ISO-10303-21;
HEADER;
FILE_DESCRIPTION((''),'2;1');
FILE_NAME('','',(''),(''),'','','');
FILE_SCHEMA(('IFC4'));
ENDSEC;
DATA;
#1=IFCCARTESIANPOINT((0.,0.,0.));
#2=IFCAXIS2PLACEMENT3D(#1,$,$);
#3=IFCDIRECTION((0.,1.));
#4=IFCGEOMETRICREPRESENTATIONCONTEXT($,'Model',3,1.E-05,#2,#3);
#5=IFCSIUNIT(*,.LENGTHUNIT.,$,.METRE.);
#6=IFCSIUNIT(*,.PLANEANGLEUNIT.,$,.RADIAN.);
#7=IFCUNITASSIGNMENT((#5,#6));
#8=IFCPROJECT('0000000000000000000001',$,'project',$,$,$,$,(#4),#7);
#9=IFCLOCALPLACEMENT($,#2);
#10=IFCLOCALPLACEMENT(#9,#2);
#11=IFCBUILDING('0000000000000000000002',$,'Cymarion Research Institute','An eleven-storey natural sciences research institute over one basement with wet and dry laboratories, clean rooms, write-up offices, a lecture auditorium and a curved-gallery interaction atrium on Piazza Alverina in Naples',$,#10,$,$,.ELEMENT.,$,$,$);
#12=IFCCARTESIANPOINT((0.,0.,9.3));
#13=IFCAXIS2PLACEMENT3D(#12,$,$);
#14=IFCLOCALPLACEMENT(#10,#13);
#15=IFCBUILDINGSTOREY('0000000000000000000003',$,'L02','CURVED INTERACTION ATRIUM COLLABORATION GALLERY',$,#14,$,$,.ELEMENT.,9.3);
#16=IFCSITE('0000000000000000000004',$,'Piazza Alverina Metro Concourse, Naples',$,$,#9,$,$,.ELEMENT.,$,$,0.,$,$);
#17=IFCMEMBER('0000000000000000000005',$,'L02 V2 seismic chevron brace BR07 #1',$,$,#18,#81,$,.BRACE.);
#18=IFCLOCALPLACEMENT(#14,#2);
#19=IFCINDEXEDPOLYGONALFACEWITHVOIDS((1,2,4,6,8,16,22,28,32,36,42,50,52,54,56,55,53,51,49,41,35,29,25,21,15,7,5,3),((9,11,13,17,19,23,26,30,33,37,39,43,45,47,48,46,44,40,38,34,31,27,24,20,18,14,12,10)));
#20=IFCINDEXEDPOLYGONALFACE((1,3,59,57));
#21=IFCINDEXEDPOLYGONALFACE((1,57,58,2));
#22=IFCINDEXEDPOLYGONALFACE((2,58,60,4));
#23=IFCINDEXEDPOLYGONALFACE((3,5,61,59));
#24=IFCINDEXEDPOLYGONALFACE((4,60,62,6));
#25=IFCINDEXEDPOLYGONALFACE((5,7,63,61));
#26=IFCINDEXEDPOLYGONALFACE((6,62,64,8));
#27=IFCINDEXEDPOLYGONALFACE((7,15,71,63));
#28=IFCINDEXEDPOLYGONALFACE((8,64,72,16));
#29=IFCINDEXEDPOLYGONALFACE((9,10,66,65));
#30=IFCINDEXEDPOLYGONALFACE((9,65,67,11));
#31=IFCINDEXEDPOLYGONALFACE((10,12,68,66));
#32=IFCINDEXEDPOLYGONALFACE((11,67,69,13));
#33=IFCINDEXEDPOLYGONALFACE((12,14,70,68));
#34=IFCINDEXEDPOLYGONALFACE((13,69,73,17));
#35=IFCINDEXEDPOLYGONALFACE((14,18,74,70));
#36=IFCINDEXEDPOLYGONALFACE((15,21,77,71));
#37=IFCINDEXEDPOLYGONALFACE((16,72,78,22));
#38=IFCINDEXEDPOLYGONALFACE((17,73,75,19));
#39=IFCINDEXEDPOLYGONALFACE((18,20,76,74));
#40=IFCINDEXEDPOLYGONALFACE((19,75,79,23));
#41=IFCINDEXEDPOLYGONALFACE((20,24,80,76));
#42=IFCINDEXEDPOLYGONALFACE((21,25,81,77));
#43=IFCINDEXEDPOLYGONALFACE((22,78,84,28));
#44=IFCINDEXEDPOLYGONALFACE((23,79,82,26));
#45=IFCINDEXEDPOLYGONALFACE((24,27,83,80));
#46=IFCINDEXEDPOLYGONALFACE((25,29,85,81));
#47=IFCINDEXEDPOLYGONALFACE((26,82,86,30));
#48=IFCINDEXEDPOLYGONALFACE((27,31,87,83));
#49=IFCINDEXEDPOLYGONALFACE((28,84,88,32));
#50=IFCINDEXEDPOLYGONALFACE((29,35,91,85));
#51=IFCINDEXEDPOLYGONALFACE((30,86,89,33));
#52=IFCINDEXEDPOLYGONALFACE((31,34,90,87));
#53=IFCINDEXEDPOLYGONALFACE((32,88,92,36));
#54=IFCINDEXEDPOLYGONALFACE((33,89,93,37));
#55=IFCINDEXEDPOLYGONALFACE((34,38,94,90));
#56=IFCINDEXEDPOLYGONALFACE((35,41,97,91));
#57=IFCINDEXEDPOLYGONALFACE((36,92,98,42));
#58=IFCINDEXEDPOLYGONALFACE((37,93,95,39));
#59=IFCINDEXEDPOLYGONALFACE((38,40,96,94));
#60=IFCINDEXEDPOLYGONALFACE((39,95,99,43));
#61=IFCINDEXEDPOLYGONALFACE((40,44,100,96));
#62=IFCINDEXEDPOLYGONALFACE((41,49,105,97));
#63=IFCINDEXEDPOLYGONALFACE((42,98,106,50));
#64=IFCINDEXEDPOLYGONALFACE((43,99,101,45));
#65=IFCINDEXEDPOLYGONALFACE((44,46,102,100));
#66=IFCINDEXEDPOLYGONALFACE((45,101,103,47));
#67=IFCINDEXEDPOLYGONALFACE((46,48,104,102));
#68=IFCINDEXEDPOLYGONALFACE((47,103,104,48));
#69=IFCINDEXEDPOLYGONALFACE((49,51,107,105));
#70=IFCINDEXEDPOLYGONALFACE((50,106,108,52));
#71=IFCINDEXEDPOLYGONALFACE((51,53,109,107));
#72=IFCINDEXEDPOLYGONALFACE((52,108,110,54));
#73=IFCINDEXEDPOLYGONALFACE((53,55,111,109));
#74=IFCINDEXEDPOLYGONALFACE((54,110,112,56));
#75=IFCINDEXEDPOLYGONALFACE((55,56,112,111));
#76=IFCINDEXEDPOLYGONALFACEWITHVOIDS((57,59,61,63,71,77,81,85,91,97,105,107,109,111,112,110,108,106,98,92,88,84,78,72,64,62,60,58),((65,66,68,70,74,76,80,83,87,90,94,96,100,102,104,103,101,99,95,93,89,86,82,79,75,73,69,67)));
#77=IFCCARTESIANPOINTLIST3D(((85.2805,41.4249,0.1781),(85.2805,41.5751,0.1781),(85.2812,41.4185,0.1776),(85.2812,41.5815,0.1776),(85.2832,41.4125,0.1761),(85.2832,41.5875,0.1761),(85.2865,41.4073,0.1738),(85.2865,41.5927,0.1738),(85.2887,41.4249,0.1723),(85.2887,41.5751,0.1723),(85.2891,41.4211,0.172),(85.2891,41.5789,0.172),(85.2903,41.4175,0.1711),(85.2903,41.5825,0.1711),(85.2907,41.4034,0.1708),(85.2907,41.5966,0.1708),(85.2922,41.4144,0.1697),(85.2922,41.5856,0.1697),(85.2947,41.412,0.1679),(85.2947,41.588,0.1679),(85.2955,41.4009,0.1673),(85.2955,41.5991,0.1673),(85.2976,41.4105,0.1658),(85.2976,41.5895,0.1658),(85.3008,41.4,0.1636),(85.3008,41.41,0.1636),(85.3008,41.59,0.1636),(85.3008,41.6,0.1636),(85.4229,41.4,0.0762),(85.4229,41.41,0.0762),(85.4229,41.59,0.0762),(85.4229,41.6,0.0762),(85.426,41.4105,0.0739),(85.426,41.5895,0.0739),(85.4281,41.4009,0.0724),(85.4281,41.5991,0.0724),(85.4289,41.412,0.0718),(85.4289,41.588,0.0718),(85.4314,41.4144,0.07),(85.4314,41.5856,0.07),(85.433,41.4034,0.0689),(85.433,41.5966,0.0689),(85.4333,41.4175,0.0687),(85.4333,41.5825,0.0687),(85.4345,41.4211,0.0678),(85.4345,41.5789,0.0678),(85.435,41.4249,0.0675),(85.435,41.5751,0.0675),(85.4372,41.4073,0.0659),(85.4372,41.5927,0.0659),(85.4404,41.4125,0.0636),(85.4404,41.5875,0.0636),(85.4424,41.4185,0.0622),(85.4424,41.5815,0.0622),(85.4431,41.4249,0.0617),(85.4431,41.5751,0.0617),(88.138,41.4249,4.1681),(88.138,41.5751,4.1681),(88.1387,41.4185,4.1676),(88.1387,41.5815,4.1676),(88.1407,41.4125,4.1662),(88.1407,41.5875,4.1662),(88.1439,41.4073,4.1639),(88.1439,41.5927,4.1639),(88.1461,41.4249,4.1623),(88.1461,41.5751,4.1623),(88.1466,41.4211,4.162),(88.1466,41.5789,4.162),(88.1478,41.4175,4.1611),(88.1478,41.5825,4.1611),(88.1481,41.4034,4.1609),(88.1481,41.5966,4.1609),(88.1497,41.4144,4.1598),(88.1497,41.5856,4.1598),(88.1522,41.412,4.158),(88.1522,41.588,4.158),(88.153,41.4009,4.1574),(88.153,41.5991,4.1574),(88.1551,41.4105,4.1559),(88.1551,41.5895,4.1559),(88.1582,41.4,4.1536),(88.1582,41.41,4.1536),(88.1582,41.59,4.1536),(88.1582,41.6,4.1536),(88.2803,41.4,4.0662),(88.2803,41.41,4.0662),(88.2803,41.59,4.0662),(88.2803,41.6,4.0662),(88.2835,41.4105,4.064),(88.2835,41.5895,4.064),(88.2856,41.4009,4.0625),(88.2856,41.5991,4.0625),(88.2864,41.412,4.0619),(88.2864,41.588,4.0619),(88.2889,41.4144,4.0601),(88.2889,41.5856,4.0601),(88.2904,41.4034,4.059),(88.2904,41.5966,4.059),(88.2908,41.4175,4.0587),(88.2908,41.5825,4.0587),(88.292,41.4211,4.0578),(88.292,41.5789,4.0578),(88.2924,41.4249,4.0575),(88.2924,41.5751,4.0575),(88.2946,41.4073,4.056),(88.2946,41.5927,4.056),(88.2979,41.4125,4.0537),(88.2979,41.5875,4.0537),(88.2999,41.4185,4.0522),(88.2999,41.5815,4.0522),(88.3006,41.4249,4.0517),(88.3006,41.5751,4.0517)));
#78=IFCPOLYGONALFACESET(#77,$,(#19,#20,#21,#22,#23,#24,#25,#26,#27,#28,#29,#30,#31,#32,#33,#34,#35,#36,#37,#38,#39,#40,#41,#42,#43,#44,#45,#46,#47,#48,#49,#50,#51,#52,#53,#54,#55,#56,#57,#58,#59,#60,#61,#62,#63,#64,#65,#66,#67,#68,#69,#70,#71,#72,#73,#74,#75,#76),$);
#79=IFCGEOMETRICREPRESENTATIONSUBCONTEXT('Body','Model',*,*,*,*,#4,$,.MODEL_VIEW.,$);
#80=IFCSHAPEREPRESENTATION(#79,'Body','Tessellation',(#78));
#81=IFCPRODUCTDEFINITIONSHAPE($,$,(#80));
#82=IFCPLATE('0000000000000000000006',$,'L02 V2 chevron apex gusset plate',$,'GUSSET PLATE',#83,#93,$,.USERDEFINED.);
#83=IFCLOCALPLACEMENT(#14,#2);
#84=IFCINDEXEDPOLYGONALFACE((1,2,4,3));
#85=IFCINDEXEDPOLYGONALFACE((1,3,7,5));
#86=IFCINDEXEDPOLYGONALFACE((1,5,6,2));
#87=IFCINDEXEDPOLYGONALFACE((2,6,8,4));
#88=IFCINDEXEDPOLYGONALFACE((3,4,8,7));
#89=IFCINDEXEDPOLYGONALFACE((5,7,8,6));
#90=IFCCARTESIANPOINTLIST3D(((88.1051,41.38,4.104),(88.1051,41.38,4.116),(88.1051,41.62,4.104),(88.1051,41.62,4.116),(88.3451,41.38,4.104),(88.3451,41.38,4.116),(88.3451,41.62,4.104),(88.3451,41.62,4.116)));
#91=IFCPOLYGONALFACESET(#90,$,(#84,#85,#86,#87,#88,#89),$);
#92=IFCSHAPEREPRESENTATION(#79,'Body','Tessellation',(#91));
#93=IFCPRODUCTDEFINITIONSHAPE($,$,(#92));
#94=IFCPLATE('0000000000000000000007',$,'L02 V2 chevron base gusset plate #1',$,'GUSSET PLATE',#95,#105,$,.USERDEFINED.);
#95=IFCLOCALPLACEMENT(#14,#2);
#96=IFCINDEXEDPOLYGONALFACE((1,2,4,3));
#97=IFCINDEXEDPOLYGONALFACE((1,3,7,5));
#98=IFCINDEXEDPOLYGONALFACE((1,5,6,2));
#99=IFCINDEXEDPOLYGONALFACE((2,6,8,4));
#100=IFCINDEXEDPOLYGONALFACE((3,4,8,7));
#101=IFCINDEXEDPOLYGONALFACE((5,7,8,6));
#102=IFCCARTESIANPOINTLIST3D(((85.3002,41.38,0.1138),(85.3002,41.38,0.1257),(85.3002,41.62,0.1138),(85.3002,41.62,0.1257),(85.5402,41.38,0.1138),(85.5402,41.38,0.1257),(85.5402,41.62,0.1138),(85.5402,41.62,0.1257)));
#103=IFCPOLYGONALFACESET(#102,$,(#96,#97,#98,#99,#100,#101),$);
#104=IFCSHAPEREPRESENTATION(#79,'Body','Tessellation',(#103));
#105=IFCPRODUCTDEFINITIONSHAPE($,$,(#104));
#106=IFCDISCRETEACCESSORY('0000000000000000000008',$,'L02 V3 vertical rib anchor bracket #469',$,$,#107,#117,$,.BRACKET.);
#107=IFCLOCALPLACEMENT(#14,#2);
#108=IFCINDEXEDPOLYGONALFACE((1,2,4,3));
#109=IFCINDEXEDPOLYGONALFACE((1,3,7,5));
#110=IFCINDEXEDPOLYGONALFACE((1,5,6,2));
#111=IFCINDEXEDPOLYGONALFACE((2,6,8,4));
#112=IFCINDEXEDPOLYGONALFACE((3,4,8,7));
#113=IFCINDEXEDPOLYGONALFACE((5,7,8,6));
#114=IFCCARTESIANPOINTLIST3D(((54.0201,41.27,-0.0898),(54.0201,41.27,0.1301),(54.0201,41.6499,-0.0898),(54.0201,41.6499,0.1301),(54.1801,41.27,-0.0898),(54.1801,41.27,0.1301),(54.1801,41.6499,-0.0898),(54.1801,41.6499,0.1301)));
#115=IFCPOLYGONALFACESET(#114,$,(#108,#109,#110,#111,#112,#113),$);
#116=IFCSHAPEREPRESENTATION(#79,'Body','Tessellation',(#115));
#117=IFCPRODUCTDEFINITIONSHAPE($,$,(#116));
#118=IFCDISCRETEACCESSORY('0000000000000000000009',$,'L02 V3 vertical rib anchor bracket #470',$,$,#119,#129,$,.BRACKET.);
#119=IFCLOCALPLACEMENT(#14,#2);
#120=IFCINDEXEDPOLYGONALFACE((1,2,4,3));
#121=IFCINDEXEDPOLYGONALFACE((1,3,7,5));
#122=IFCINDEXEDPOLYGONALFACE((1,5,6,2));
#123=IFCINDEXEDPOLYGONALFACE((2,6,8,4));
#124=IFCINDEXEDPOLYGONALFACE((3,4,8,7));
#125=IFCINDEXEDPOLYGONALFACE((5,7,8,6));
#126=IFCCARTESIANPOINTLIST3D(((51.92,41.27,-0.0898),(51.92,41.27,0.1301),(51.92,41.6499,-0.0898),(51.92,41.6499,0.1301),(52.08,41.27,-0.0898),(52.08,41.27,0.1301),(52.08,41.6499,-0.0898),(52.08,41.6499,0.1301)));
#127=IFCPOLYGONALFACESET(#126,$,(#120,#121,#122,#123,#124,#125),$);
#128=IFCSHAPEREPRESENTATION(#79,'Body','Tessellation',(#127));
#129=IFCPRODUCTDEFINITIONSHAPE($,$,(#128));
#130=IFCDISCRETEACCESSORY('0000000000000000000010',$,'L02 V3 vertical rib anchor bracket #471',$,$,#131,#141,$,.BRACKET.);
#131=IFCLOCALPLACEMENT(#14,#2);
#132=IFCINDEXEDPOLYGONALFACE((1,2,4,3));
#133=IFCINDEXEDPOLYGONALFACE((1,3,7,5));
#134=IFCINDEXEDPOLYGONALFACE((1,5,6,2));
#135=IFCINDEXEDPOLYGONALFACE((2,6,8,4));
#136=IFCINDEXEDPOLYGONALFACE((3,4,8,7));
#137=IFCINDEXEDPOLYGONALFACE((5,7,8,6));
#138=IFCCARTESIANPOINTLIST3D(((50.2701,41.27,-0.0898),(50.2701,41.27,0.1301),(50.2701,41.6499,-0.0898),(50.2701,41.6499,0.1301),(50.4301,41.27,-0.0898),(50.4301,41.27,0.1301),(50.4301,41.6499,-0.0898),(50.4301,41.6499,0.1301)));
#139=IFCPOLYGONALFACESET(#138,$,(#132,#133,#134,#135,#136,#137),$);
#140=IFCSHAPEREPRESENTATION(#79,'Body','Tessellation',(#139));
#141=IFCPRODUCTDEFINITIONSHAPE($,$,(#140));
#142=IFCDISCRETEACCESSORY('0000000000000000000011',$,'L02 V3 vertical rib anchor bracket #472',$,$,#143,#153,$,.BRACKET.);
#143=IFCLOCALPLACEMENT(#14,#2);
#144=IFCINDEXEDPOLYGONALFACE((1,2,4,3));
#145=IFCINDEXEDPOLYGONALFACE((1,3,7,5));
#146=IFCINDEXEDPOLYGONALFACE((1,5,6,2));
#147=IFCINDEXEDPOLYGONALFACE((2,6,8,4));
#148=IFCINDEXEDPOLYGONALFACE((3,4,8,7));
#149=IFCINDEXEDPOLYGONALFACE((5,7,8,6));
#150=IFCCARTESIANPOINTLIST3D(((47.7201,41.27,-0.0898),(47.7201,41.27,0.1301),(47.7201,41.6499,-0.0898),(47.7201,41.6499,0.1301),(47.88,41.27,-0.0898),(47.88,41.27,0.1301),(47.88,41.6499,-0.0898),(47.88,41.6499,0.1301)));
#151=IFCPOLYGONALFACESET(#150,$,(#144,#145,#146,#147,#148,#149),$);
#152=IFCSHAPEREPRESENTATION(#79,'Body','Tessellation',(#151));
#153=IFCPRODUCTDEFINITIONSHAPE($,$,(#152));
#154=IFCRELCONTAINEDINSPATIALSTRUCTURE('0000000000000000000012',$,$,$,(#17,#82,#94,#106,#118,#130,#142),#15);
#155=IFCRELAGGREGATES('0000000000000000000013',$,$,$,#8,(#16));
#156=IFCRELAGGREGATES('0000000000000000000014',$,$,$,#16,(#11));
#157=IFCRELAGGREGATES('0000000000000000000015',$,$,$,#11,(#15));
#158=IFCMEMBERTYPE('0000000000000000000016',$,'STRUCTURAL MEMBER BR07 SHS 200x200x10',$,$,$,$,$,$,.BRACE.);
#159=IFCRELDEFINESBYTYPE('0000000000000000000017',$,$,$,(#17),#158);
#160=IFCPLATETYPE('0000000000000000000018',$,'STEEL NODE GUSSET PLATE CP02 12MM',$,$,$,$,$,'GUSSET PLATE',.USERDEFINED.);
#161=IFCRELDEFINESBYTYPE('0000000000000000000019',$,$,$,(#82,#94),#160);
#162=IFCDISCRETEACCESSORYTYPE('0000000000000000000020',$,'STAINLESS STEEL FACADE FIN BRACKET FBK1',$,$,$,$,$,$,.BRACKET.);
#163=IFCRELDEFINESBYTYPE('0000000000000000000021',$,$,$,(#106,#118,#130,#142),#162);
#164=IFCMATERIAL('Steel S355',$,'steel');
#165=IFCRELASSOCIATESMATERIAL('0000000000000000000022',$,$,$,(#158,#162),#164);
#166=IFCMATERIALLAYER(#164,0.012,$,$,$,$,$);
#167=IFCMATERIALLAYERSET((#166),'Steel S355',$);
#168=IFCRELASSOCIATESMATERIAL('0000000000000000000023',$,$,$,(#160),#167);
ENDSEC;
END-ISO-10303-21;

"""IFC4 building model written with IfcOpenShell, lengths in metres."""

from ifc_helpers import new_model, si_unit, direction, frame, origin, origin_2d, place, context, subcontext, project, spatial, rectangle, hollow_rectangle, extrude, material, layer, layer_set, material_profile, profile_set, type_object, element, save


model = new_model("IFC4")

# Units and contexts
model_context = context("Model", 3, precision=1e-05, world=origin(), true_north=direction((0.0, 1.0)))
body_context = subcontext(model_context, "Body", "Model", "MODEL_VIEW")
ifc_project = project(units=[si_unit("LENGTHUNIT", "METRE"), si_unit("PLANEANGLEUNIT", "RADIAN")], contexts=[model_context])

# Site, building, storey
site_placement = place(None, origin())
site = spatial("IfcSite", under=ifc_project, at=site_placement, Name="Piazza Alverina Metro Concourse, Naples", CompositionType="ELEMENT", RefElevation=0.0)
building_placement = place(site_placement, origin())
building = spatial("IfcBuilding", under=site, at=building_placement, Name="Cymarion Research Institute", Description="An eleven-storey natural sciences research institute over one basement with wet and dry laboratories, clean rooms, write-up offices, a lecture auditorium and a curved-gallery interaction atrium on Piazza Alverina in Naples", CompositionType="ELEMENT")
storey_placement = place(building_placement, frame((0.0, 0.0, 9.3)))
storey = spatial("IfcBuildingStorey", under=building, at=storey_placement, Name="L02", Description="CURVED INTERACTION ATRIUM COLLABORATION GALLERY", CompositionType="ELEMENT", Elevation=9.3)

# Shared definitions
ifc_material_1 = material(Name="Steel S355", Category="steel")

# Member
ifc_material_profile_1 = material_profile(ifc_material_1, hollow_rectangle(XDim=0.2, YDim=0.2, WallThickness=0.01, InnerFilletRadius=0.0149, OuterFilletRadius=0.0249, at=origin_2d()), Name="SHS 200x200x10")
ifc_profile_set_1 = profile_set([ifc_material_profile_1], Name="Steel S355")
member_type_1 = type_object("IfcMemberType", Name="STRUCTURAL MEMBER BR07 SHS 200x200x10", PredefinedType="BRACE", material=ifc_profile_set_1)
member_1_placement = place(storey_placement, frame((85.3618, 41.5, 0.1199), z_axis=(0.58224, 0.0, 0.813017), x_axis=(0.0, 1.0, 0.0)))
element("IfcMember", 1, at=member_1_placement, inside=storey, type_object=member_type_1, Name="L02 V2 seismic chevron brace BR07 #1", PredefinedType="BRACE", context=body_context, shape_type="SweptSolid", body=[
    extrude(hollow_rectangle(XDim=0.2, YDim=0.2, WallThickness=0.01, InnerFilletRadius=0.0149, OuterFilletRadius=0.0249, at=origin_2d()), origin(), (0.0, 0.0, 1.0), 4.9077),
])

# Plates
ifc_layer = layer(ifc_material_1, 0.012)
ifc_layer_set = layer_set([ifc_layer], Name="Steel S355")
plate_type = type_object("IfcPlateType", Name="STEEL NODE GUSSET PLATE CP02 12MM", ElementType="GUSSET PLATE", PredefinedType="USERDEFINED", material=ifc_layer_set)
for number, where, z_axis, x_axis, name in (
    (2, (88.2251, 41.5, 4.104), (0.0, 0.0, 1.0), (1.0, 0.0, 0.0), "L02 V2 chevron apex gusset plate"),
    (3, (85.4202, 41.5, 0.1138), (0.0, 0.0, 1.0), (1.0, 0.0, 0.0), "L02 V2 chevron base gusset plate #1"),
):
    element("IfcPlate", number, at=place(storey_placement, frame(where, z_axis=z_axis, x_axis=x_axis)), inside=storey, type_object=plate_type, Name=name, ObjectType="GUSSET PLATE", PredefinedType="USERDEFINED", context=body_context, shape_type="SweptSolid", body=[
        extrude(rectangle(XDim=0.24, YDim=0.24, at=origin_2d()), origin(), (0.0, 0.0, 1.0), 0.012),
    ])

# Discrete accessories
discrete_accessory_type = type_object("IfcDiscreteAccessoryType", Name="STAINLESS STEEL FACADE FIN BRACKET FBK1", PredefinedType="BRACKET", material=ifc_material_1)
for number, where, z_axis, x_axis, name in (
    (4, (54.1001, 41.46, -0.0898), (0.0, 0.0, 1.0), (0.0, 1.0, 0.0), "L02 V3 vertical rib anchor bracket #469"),
    (5, (52.0, 41.46, -0.0898), (0.0, 0.0, 1.0), (0.0, 1.0, 0.0), "L02 V3 vertical rib anchor bracket #470"),
    (6, (50.3501, 41.46, -0.0898), (0.0, 0.0, 1.0), (0.0, 1.0, 0.0), "L02 V3 vertical rib anchor bracket #471"),
    (7, (47.8, 41.46, -0.0898), (0.0, 0.0, 1.0), (0.0, 1.0, 0.0), "L02 V3 vertical rib anchor bracket #472"),
):
    element("IfcDiscreteAccessory", number, at=place(storey_placement, frame(where, z_axis=z_axis, x_axis=x_axis)), inside=storey, type_object=discrete_accessory_type, Name=name, PredefinedType="BRACKET", context=body_context, shape_type="SweptSolid", body=[
        extrude(rectangle(XDim=0.3799, YDim=0.1599, at=origin_2d()), origin(), (0.0, 0.0, 1.0), 0.22),
    ])

save(model, "model.ifc")
